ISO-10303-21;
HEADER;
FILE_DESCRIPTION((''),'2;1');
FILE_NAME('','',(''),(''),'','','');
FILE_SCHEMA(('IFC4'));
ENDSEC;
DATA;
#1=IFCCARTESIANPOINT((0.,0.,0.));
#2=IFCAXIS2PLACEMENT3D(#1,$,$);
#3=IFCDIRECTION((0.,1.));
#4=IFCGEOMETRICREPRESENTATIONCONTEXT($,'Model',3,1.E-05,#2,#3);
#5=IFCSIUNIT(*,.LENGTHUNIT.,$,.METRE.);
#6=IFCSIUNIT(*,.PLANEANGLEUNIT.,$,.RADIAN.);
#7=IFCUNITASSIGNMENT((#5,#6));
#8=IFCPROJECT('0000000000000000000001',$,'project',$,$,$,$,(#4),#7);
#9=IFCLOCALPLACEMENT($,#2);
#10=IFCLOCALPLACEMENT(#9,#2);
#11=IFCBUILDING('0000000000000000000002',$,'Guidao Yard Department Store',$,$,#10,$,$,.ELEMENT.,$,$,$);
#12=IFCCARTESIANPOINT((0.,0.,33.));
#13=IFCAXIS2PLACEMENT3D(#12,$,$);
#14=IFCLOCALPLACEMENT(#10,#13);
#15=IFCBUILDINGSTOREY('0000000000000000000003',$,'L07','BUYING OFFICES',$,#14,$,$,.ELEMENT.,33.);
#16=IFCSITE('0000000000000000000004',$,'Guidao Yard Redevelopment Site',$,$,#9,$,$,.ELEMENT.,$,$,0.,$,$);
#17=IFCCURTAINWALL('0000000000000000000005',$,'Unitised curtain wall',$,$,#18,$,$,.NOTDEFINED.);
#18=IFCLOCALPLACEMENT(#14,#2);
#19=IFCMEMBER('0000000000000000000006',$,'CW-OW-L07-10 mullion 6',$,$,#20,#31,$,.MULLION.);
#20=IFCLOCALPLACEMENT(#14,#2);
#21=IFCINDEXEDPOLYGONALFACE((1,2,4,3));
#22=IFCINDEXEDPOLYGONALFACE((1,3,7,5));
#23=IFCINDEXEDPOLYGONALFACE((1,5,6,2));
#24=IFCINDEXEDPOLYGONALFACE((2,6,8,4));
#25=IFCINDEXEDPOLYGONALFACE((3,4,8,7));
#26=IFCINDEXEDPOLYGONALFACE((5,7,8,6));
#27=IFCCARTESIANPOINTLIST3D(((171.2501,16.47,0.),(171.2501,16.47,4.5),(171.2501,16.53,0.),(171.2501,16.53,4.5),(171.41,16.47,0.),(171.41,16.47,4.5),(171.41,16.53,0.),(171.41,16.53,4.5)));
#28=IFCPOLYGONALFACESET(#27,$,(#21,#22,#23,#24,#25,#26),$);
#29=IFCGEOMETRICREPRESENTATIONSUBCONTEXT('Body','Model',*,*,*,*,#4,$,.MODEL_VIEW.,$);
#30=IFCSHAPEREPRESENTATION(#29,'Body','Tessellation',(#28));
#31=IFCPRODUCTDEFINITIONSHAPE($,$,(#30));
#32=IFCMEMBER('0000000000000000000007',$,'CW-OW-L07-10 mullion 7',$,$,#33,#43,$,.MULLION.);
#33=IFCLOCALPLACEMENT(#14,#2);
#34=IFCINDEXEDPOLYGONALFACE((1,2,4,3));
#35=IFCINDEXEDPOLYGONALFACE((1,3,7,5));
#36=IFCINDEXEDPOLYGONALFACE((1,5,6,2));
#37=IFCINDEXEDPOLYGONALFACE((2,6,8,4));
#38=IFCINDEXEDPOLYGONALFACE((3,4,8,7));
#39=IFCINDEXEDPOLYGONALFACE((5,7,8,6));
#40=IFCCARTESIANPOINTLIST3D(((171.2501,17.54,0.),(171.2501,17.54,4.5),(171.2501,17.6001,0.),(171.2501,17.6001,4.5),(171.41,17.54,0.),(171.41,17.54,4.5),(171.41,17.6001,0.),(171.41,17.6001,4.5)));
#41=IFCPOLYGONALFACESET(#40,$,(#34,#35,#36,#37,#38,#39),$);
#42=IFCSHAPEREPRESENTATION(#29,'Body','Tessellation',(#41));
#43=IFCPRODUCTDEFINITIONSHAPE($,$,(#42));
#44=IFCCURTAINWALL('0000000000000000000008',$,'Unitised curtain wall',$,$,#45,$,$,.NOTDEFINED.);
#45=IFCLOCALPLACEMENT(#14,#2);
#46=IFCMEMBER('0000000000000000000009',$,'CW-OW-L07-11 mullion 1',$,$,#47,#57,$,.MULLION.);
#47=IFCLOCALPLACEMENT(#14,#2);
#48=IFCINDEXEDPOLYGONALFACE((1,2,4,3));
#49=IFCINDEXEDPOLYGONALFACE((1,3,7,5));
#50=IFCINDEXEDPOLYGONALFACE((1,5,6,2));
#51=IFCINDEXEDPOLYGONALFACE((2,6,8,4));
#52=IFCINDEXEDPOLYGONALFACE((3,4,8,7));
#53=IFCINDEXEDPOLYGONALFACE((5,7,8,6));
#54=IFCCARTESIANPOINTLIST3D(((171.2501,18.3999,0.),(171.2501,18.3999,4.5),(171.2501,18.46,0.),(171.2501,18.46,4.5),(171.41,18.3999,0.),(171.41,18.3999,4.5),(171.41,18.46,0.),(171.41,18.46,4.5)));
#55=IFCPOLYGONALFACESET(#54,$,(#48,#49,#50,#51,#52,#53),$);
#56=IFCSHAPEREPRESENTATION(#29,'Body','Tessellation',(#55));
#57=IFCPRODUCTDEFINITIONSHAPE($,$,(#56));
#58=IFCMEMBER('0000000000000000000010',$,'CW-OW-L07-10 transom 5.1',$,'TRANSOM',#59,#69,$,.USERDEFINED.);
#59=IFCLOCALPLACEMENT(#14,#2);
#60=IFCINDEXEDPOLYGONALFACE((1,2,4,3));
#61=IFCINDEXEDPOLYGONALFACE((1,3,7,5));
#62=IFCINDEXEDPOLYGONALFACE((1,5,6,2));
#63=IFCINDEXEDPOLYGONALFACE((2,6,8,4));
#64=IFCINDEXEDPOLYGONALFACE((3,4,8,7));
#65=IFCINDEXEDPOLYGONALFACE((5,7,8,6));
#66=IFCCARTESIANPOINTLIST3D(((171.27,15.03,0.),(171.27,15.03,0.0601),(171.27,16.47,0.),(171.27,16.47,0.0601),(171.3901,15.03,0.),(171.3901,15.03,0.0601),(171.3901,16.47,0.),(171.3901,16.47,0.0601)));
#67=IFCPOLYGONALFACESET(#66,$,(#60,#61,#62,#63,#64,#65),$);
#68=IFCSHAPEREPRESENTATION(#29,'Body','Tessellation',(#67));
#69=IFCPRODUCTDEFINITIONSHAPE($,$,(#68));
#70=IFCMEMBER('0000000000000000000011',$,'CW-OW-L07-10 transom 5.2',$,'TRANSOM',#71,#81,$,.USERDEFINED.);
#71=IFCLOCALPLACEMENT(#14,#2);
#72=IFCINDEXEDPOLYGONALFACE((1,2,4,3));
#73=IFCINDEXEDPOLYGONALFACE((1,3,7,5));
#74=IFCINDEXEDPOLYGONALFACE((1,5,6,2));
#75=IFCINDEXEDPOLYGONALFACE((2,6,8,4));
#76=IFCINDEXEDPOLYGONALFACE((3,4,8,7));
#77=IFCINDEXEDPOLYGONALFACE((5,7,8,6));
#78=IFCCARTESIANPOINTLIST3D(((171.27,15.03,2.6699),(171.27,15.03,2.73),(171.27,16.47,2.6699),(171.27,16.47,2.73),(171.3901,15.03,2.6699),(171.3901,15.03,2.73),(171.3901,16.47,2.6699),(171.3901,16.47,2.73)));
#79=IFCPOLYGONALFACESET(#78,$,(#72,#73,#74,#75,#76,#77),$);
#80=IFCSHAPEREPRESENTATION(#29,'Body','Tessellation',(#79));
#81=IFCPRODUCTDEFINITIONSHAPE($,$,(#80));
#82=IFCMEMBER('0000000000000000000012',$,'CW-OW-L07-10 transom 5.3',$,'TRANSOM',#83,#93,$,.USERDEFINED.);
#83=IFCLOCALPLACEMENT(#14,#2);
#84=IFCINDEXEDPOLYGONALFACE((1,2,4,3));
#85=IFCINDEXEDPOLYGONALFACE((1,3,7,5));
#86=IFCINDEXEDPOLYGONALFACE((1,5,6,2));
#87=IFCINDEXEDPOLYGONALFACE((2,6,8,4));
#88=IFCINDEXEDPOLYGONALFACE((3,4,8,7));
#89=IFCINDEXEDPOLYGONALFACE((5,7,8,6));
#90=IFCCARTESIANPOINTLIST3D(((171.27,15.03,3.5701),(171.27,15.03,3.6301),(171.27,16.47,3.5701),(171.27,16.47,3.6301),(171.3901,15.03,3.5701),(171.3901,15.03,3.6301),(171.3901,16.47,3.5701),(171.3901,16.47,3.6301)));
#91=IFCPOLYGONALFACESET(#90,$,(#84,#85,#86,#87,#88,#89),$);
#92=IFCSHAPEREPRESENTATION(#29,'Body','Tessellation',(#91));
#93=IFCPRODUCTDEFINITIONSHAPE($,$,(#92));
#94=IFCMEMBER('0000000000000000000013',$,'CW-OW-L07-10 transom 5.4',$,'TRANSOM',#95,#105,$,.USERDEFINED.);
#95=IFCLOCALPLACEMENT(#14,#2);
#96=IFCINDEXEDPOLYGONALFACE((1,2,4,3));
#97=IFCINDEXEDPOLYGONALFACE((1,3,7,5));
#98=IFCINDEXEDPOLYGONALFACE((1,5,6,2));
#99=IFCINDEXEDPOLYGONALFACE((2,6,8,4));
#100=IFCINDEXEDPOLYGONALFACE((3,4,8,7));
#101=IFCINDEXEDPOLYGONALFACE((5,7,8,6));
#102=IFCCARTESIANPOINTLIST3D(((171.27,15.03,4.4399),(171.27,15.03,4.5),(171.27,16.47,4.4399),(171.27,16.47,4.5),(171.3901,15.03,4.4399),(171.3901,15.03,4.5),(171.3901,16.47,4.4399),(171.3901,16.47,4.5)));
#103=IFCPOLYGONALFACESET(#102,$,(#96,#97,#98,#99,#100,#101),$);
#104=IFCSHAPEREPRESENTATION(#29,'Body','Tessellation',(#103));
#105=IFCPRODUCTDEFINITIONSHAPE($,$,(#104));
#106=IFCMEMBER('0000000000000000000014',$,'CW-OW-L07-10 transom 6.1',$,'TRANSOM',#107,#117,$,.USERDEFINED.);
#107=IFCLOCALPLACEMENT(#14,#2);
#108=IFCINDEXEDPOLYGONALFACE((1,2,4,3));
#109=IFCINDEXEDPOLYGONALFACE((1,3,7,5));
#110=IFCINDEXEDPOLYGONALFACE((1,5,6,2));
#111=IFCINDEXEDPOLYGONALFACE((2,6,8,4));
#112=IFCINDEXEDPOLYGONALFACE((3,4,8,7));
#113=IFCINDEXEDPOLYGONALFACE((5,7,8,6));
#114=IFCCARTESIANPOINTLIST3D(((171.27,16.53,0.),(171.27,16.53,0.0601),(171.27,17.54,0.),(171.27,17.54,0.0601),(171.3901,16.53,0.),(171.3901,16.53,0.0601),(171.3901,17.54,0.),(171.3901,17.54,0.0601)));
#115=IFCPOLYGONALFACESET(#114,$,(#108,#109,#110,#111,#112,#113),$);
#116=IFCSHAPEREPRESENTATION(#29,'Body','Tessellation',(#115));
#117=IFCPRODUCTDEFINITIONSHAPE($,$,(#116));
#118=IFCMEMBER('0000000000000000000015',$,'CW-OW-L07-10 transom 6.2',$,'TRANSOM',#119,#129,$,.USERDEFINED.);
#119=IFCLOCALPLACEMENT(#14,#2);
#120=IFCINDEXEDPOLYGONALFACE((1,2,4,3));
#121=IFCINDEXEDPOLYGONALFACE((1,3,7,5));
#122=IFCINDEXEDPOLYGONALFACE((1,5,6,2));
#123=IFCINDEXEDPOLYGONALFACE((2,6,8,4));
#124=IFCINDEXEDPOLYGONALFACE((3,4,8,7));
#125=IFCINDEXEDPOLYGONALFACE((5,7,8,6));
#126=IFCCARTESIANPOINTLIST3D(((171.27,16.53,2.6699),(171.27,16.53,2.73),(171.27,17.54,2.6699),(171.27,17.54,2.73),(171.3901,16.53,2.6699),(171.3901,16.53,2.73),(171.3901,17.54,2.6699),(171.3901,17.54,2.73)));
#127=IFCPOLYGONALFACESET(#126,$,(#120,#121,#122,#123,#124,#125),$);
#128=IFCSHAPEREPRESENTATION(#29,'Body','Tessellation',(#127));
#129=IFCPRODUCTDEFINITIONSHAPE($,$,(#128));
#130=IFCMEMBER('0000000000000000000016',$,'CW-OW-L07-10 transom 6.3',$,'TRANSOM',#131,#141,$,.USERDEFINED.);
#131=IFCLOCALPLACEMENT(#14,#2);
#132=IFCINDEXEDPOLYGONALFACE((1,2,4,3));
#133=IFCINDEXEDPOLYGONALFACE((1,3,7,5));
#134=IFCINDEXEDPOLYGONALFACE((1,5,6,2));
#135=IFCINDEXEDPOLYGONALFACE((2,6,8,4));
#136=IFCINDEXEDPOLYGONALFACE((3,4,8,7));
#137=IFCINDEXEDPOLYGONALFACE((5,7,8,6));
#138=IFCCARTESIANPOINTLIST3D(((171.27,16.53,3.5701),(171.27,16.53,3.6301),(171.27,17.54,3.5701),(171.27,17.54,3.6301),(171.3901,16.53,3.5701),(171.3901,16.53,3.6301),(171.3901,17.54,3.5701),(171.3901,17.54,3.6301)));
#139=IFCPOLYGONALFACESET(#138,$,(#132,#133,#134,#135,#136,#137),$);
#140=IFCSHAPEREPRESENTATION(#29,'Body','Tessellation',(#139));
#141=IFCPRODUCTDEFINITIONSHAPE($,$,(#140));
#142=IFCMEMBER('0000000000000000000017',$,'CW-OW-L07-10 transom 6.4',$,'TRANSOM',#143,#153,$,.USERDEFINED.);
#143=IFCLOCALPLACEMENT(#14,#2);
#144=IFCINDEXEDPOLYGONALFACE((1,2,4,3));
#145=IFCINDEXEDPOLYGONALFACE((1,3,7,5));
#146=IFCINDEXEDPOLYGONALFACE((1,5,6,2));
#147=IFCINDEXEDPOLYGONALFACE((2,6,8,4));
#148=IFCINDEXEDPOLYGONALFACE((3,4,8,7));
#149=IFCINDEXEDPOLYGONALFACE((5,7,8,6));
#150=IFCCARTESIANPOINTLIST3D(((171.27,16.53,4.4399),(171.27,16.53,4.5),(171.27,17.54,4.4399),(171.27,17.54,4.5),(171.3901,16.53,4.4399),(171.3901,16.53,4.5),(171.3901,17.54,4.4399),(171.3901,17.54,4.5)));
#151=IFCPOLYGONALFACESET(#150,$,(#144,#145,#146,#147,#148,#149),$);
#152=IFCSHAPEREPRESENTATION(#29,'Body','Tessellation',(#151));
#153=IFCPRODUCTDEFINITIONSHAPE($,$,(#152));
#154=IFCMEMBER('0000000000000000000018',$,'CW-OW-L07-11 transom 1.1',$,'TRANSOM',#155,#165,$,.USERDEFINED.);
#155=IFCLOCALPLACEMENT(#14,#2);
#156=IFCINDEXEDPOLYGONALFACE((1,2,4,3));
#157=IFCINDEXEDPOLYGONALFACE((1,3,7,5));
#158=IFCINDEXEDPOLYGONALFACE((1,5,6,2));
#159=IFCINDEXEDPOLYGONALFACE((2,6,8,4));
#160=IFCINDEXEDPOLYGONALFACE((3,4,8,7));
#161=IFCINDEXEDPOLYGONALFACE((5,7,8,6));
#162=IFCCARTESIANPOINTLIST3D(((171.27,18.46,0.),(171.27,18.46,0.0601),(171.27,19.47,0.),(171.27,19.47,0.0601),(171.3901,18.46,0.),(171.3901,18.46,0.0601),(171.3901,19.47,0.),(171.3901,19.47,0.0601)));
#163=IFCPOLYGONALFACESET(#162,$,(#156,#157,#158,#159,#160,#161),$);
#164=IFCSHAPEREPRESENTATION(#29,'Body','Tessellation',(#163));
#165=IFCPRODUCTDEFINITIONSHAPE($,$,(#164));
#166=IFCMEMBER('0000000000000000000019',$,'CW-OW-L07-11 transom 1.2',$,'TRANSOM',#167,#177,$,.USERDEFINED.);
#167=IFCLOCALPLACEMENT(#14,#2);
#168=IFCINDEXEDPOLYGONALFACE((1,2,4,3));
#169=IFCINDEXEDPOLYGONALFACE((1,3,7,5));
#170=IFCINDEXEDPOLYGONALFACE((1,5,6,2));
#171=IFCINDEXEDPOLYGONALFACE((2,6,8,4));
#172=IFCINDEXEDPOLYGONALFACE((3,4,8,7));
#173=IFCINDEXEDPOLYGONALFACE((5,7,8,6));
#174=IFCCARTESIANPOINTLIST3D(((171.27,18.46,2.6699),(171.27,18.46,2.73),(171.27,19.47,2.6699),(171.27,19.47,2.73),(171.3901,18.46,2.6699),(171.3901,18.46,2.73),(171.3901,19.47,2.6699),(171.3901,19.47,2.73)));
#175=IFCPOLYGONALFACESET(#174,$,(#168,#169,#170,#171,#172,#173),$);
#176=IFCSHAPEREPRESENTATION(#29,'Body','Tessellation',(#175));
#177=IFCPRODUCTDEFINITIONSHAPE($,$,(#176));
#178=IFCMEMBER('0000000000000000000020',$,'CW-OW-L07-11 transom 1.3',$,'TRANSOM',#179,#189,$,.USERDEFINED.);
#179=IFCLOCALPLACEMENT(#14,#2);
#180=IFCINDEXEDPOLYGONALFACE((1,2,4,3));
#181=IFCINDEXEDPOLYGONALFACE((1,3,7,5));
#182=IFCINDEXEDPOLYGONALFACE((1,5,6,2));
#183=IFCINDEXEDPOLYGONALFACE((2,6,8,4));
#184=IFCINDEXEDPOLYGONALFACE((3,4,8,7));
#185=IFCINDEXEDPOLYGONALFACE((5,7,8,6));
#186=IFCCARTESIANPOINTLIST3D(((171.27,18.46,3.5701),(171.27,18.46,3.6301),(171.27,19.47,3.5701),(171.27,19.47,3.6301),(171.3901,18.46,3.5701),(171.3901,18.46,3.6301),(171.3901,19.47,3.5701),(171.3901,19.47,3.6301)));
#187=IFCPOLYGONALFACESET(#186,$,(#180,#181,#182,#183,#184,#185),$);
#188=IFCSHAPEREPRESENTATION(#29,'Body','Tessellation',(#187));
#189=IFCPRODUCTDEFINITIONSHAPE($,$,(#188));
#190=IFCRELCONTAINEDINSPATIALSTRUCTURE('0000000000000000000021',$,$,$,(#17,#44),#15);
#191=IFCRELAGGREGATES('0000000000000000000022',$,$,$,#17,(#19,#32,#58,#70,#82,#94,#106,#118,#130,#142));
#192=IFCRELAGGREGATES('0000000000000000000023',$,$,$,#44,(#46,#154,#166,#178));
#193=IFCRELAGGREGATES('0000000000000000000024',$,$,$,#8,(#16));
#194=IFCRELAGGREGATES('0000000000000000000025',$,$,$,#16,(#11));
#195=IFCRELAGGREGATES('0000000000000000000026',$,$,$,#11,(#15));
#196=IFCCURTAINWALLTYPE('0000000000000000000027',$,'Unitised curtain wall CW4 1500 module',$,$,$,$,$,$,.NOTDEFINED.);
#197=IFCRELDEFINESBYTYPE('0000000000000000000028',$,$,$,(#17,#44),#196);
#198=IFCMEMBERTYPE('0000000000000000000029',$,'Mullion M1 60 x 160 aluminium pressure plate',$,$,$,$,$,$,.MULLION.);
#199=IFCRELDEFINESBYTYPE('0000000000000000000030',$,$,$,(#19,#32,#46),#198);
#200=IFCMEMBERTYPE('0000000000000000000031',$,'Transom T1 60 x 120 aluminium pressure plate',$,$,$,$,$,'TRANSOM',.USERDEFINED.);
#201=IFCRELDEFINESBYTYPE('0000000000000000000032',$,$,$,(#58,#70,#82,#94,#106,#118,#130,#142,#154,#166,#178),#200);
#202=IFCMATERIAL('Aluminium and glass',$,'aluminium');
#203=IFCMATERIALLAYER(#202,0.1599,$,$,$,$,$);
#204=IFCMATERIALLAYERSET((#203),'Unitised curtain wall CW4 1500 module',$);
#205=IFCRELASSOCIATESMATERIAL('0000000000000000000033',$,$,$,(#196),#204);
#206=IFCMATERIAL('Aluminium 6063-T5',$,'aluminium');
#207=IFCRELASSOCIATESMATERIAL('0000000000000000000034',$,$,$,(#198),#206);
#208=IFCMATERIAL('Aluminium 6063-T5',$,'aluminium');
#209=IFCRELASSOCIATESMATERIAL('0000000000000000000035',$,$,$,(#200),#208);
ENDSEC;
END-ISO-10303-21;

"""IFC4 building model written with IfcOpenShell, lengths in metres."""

from ifc_helpers import new_model, si_unit, direction, frame, origin, origin_2d, place, context, subcontext, project, spatial, rectangle, extrude, material, layer, layer_set, material_profile, profile_set, type_object, element, aggregate, save


model = new_model("IFC4")

# Units and contexts
model_context = context("Model", 3, precision=1e-05, world=origin(), true_north=direction((0.0, 1.0)))
body_context = subcontext(model_context, "Body", "Model", "MODEL_VIEW")
ifc_project = project(units=[si_unit("LENGTHUNIT", "METRE"), si_unit("PLANEANGLEUNIT", "RADIAN")], contexts=[model_context])

# Site, building, storey
site_placement = place(None, origin())
site = spatial("IfcSite", under=ifc_project, at=site_placement, Name="Guidao Yard Redevelopment Site", CompositionType="ELEMENT", RefElevation=0.0)
building_placement = place(site_placement, origin())
building = spatial("IfcBuilding", under=site, at=building_placement, Name="Guidao Yard Department Store", CompositionType="ELEMENT")
storey_placement = place(building_placement, frame((0.0, 0.0, 33.0)))
storey = spatial("IfcBuildingStorey", under=building, at=storey_placement, Name="L07", Description="BUYING OFFICES", CompositionType="ELEMENT", Elevation=33.0)

# Curtain wall, members
ifc_material_1 = material(Name="Aluminium and glass", Category="aluminium")
ifc_layer_1 = layer(ifc_material_1, 0.1599)
ifc_layer_set_1 = layer_set([ifc_layer_1], Name="Unitised curtain wall CW4 1500 module")
curtain_wall_type = type_object("IfcCurtainWallType", Name="Unitised curtain wall CW4 1500 module", PredefinedType="NOTDEFINED", material=ifc_layer_set_1)
curtain_wall_1_placement = place(storey_placement, origin())
curtain_wall_1 = element("IfcCurtainWall", 1, at=curtain_wall_1_placement, inside=storey, type_object=curtain_wall_type, Name="Unitised curtain wall", PredefinedType="NOTDEFINED")
ifc_material_2 = material(Name="Aluminium 6063-T5", Category="aluminium")
ifc_material_profile_1 = material_profile(ifc_material_2, rectangle(XDim=0.0601, YDim=0.1599, at=origin_2d()), Name="Mullion M1 60 x 160 aluminium pressure plate")
ifc_profile_set_1 = profile_set([ifc_material_profile_1], Name="Aluminium 6063-T5")
member_type_1 = type_object("IfcMemberType", Name="Mullion M1 60 x 160 aluminium pressure plate", PredefinedType="MULLION", material=ifc_profile_set_1)
member_1_placement = place(storey_placement, frame((171.3301, 16.5, 0.0), z_axis=(0.0, 0.0, 1.0), x_axis=(0.0, -1.0, 0.0)))
member_1 = element("IfcMember", 2, at=member_1_placement, type_object=member_type_1, Name="CW-OW-L07-10 mullion 6", PredefinedType="MULLION", context=body_context, shape_type="SweptSolid", body=[
    extrude(rectangle(XDim=0.0601, YDim=0.1599, at=origin_2d()), origin(), (0.0, 0.0, 1.0), 4.5),
])
member_2_placement = place(storey_placement, frame((171.3301, 17.5701, 0.0), z_axis=(0.0, 0.0, 1.0), x_axis=(0.0, -1.0, 0.0)))
member_2 = element("IfcMember", 3, at=member_2_placement, type_object=member_type_1, Name="CW-OW-L07-10 mullion 7", PredefinedType="MULLION", context=body_context, shape_type="SweptSolid", body=[
    extrude(rectangle(XDim=0.0601, YDim=0.1599, at=origin_2d()), origin(), (0.0, 0.0, 1.0), 4.5),
])

# Curtain wall, member
curtain_wall_2_placement = place(storey_placement, origin())
curtain_wall_2 = element("IfcCurtainWall", 4, at=curtain_wall_2_placement, inside=storey, type_object=curtain_wall_type, Name="Unitised curtain wall", PredefinedType="NOTDEFINED")
member_3_placement = place(storey_placement, frame((171.3301, 18.4299, 0.0), z_axis=(0.0, 0.0, 1.0), x_axis=(0.0, -1.0, 0.0)))
member_3 = element("IfcMember", 5, at=member_3_placement, type_object=member_type_1, Name="CW-OW-L07-11 mullion 1", PredefinedType="MULLION", context=body_context, shape_type="SweptSolid", body=[
    extrude(rectangle(XDim=0.0601, YDim=0.1599, at=origin_2d()), origin(), (0.0, 0.0, 1.0), 4.5),
])

# Members
ifc_material_3 = material(Name="Aluminium 6063-T5", Category="aluminium")
ifc_material_profile_2 = material_profile(ifc_material_3, rectangle(XDim=0.1201, YDim=0.0601, at=origin_2d()), Name="Transom T1 60 x 120 aluminium pressure plate")
ifc_profile_set_2 = profile_set([ifc_material_profile_2], Name="Aluminium 6063-T5")
member_type_2 = type_object("IfcMemberType", Name="Transom T1 60 x 120 aluminium pressure plate", ElementType="TRANSOM", PredefinedType="USERDEFINED", material=ifc_profile_set_2)
member_4_placement = place(storey_placement, frame((171.3301, 16.47, 0.03), z_axis=(0.0, -1.0, 0.0), x_axis=(1.0, 0.0, 0.0)))
member_4 = element("IfcMember", 6, at=member_4_placement, type_object=member_type_2, Name="CW-OW-L07-10 transom 5.1", ObjectType="TRANSOM", PredefinedType="USERDEFINED", context=body_context, shape_type="SweptSolid", body=[
    extrude(rectangle(XDim=0.1201, YDim=0.0601, at=origin_2d()), origin(), (0.0, 0.0, 1.0), 1.4399),
])
member_5_placement = place(storey_placement, frame((171.3301, 16.47, 2.7), z_axis=(0.0, -1.0, 0.0), x_axis=(1.0, 0.0, 0.0)))
member_5 = element("IfcMember", 7, at=member_5_placement, type_object=member_type_2, Name="CW-OW-L07-10 transom 5.2", ObjectType="TRANSOM", PredefinedType="USERDEFINED", context=body_context, shape_type="SweptSolid", body=[
    extrude(rectangle(XDim=0.1201, YDim=0.0601, at=origin_2d()), origin(), (0.0, 0.0, 1.0), 1.4399),
])
member_6_placement = place(storey_placement, frame((171.3301, 16.47, 3.6001), z_axis=(0.0, -1.0, 0.0), x_axis=(1.0, 0.0, 0.0)))
member_6 = element("IfcMember", 8, at=member_6_placement, type_object=member_type_2, Name="CW-OW-L07-10 transom 5.3", ObjectType="TRANSOM", PredefinedType="USERDEFINED", context=body_context, shape_type="SweptSolid", body=[
    extrude(rectangle(XDim=0.1201, YDim=0.0601, at=origin_2d()), origin(), (0.0, 0.0, 1.0), 1.4399),
])
member_7_placement = place(storey_placement, frame((171.3301, 16.47, 4.47), z_axis=(0.0, -1.0, 0.0), x_axis=(1.0, 0.0, 0.0)))
member_7 = element("IfcMember", 9, at=member_7_placement, type_object=member_type_2, Name="CW-OW-L07-10 transom 5.4", ObjectType="TRANSOM", PredefinedType="USERDEFINED", context=body_context, shape_type="SweptSolid", body=[
    extrude(rectangle(XDim=0.1201, YDim=0.0601, at=origin_2d()), origin(), (0.0, 0.0, 1.0), 1.4399),
])
member_8_placement = place(storey_placement, frame((171.3301, 17.54, 0.03), z_axis=(0.0, -1.0, 0.0), x_axis=(1.0, 0.0, 0.0)))
member_8 = element("IfcMember", 10, at=member_8_placement, type_object=member_type_2, Name="CW-OW-L07-10 transom 6.1", ObjectType="TRANSOM", PredefinedType="USERDEFINED", context=body_context, shape_type="SweptSolid", body=[
    extrude(rectangle(XDim=0.1201, YDim=0.0601, at=origin_2d()), origin(), (0.0, 0.0, 1.0), 1.01),
])
member_9_placement = place(storey_placement, frame((171.3301, 17.54, 2.7), z_axis=(0.0, -1.0, 0.0), x_axis=(1.0, 0.0, 0.0)))
member_9 = element("IfcMember", 11, at=member_9_placement, type_object=member_type_2, Name="CW-OW-L07-10 transom 6.2", ObjectType="TRANSOM", PredefinedType="USERDEFINED", context=body_context, shape_type="SweptSolid", body=[
    extrude(rectangle(XDim=0.1201, YDim=0.0601, at=origin_2d()), origin(), (0.0, 0.0, 1.0), 1.01),
])
member_10_placement = place(storey_placement, frame((171.3301, 17.54, 3.6001), z_axis=(0.0, -1.0, 0.0), x_axis=(1.0, 0.0, 0.0)))
member_10 = element("IfcMember", 12, at=member_10_placement, type_object=member_type_2, Name="CW-OW-L07-10 transom 6.3", ObjectType="TRANSOM", PredefinedType="USERDEFINED", context=body_context, shape_type="SweptSolid", body=[
    extrude(rectangle(XDim=0.1201, YDim=0.0601, at=origin_2d()), origin(), (0.0, 0.0, 1.0), 1.01),
])
member_11_placement = place(storey_placement, frame((171.3301, 17.54, 4.47), z_axis=(0.0, -1.0, 0.0), x_axis=(1.0, 0.0, 0.0)))
member_11 = element("IfcMember", 13, at=member_11_placement, type_object=member_type_2, Name="CW-OW-L07-10 transom 6.4", ObjectType="TRANSOM", PredefinedType="USERDEFINED", context=body_context, shape_type="SweptSolid", body=[
    extrude(rectangle(XDim=0.1201, YDim=0.0601, at=origin_2d()), origin(), (0.0, 0.0, 1.0), 1.01),
])
member_12_placement = place(storey_placement, frame((171.3301, 19.47, 0.03), z_axis=(0.0, -1.0, 0.0), x_axis=(1.0, 0.0, 0.0)))
member_12 = element("IfcMember", 14, at=member_12_placement, type_object=member_type_2, Name="CW-OW-L07-11 transom 1.1", ObjectType="TRANSOM", PredefinedType="USERDEFINED", context=body_context, shape_type="SweptSolid", body=[
    extrude(rectangle(XDim=0.1201, YDim=0.0601, at=origin_2d()), origin(), (0.0, 0.0, 1.0), 1.01),
])
member_13_placement = place(storey_placement, frame((171.3301, 19.47, 2.7), z_axis=(0.0, -1.0, 0.0), x_axis=(1.0, 0.0, 0.0)))
member_13 = element("IfcMember", 15, at=member_13_placement, type_object=member_type_2, Name="CW-OW-L07-11 transom 1.2", ObjectType="TRANSOM", PredefinedType="USERDEFINED", context=body_context, shape_type="SweptSolid", body=[
    extrude(rectangle(XDim=0.1201, YDim=0.0601, at=origin_2d()), origin(), (0.0, 0.0, 1.0), 1.01),
])
member_14_placement = place(storey_placement, frame((171.3301, 19.47, 3.6001), z_axis=(0.0, -1.0, 0.0), x_axis=(1.0, 0.0, 0.0)))
member_14 = element("IfcMember", 16, at=member_14_placement, type_object=member_type_2, Name="CW-OW-L07-11 transom 1.3", ObjectType="TRANSOM", PredefinedType="USERDEFINED", context=body_context, shape_type="SweptSolid", body=[
    extrude(rectangle(XDim=0.1201, YDim=0.0601, at=origin_2d()), origin(), (0.0, 0.0, 1.0), 1.01),
])

aggregate(curtain_wall_1, [member_1, member_2, member_4, member_5, member_6, member_7, member_8, member_9, member_10, member_11])
aggregate(curtain_wall_2, [member_3, member_12, member_13, member_14])

save(model, "model.ifc")
